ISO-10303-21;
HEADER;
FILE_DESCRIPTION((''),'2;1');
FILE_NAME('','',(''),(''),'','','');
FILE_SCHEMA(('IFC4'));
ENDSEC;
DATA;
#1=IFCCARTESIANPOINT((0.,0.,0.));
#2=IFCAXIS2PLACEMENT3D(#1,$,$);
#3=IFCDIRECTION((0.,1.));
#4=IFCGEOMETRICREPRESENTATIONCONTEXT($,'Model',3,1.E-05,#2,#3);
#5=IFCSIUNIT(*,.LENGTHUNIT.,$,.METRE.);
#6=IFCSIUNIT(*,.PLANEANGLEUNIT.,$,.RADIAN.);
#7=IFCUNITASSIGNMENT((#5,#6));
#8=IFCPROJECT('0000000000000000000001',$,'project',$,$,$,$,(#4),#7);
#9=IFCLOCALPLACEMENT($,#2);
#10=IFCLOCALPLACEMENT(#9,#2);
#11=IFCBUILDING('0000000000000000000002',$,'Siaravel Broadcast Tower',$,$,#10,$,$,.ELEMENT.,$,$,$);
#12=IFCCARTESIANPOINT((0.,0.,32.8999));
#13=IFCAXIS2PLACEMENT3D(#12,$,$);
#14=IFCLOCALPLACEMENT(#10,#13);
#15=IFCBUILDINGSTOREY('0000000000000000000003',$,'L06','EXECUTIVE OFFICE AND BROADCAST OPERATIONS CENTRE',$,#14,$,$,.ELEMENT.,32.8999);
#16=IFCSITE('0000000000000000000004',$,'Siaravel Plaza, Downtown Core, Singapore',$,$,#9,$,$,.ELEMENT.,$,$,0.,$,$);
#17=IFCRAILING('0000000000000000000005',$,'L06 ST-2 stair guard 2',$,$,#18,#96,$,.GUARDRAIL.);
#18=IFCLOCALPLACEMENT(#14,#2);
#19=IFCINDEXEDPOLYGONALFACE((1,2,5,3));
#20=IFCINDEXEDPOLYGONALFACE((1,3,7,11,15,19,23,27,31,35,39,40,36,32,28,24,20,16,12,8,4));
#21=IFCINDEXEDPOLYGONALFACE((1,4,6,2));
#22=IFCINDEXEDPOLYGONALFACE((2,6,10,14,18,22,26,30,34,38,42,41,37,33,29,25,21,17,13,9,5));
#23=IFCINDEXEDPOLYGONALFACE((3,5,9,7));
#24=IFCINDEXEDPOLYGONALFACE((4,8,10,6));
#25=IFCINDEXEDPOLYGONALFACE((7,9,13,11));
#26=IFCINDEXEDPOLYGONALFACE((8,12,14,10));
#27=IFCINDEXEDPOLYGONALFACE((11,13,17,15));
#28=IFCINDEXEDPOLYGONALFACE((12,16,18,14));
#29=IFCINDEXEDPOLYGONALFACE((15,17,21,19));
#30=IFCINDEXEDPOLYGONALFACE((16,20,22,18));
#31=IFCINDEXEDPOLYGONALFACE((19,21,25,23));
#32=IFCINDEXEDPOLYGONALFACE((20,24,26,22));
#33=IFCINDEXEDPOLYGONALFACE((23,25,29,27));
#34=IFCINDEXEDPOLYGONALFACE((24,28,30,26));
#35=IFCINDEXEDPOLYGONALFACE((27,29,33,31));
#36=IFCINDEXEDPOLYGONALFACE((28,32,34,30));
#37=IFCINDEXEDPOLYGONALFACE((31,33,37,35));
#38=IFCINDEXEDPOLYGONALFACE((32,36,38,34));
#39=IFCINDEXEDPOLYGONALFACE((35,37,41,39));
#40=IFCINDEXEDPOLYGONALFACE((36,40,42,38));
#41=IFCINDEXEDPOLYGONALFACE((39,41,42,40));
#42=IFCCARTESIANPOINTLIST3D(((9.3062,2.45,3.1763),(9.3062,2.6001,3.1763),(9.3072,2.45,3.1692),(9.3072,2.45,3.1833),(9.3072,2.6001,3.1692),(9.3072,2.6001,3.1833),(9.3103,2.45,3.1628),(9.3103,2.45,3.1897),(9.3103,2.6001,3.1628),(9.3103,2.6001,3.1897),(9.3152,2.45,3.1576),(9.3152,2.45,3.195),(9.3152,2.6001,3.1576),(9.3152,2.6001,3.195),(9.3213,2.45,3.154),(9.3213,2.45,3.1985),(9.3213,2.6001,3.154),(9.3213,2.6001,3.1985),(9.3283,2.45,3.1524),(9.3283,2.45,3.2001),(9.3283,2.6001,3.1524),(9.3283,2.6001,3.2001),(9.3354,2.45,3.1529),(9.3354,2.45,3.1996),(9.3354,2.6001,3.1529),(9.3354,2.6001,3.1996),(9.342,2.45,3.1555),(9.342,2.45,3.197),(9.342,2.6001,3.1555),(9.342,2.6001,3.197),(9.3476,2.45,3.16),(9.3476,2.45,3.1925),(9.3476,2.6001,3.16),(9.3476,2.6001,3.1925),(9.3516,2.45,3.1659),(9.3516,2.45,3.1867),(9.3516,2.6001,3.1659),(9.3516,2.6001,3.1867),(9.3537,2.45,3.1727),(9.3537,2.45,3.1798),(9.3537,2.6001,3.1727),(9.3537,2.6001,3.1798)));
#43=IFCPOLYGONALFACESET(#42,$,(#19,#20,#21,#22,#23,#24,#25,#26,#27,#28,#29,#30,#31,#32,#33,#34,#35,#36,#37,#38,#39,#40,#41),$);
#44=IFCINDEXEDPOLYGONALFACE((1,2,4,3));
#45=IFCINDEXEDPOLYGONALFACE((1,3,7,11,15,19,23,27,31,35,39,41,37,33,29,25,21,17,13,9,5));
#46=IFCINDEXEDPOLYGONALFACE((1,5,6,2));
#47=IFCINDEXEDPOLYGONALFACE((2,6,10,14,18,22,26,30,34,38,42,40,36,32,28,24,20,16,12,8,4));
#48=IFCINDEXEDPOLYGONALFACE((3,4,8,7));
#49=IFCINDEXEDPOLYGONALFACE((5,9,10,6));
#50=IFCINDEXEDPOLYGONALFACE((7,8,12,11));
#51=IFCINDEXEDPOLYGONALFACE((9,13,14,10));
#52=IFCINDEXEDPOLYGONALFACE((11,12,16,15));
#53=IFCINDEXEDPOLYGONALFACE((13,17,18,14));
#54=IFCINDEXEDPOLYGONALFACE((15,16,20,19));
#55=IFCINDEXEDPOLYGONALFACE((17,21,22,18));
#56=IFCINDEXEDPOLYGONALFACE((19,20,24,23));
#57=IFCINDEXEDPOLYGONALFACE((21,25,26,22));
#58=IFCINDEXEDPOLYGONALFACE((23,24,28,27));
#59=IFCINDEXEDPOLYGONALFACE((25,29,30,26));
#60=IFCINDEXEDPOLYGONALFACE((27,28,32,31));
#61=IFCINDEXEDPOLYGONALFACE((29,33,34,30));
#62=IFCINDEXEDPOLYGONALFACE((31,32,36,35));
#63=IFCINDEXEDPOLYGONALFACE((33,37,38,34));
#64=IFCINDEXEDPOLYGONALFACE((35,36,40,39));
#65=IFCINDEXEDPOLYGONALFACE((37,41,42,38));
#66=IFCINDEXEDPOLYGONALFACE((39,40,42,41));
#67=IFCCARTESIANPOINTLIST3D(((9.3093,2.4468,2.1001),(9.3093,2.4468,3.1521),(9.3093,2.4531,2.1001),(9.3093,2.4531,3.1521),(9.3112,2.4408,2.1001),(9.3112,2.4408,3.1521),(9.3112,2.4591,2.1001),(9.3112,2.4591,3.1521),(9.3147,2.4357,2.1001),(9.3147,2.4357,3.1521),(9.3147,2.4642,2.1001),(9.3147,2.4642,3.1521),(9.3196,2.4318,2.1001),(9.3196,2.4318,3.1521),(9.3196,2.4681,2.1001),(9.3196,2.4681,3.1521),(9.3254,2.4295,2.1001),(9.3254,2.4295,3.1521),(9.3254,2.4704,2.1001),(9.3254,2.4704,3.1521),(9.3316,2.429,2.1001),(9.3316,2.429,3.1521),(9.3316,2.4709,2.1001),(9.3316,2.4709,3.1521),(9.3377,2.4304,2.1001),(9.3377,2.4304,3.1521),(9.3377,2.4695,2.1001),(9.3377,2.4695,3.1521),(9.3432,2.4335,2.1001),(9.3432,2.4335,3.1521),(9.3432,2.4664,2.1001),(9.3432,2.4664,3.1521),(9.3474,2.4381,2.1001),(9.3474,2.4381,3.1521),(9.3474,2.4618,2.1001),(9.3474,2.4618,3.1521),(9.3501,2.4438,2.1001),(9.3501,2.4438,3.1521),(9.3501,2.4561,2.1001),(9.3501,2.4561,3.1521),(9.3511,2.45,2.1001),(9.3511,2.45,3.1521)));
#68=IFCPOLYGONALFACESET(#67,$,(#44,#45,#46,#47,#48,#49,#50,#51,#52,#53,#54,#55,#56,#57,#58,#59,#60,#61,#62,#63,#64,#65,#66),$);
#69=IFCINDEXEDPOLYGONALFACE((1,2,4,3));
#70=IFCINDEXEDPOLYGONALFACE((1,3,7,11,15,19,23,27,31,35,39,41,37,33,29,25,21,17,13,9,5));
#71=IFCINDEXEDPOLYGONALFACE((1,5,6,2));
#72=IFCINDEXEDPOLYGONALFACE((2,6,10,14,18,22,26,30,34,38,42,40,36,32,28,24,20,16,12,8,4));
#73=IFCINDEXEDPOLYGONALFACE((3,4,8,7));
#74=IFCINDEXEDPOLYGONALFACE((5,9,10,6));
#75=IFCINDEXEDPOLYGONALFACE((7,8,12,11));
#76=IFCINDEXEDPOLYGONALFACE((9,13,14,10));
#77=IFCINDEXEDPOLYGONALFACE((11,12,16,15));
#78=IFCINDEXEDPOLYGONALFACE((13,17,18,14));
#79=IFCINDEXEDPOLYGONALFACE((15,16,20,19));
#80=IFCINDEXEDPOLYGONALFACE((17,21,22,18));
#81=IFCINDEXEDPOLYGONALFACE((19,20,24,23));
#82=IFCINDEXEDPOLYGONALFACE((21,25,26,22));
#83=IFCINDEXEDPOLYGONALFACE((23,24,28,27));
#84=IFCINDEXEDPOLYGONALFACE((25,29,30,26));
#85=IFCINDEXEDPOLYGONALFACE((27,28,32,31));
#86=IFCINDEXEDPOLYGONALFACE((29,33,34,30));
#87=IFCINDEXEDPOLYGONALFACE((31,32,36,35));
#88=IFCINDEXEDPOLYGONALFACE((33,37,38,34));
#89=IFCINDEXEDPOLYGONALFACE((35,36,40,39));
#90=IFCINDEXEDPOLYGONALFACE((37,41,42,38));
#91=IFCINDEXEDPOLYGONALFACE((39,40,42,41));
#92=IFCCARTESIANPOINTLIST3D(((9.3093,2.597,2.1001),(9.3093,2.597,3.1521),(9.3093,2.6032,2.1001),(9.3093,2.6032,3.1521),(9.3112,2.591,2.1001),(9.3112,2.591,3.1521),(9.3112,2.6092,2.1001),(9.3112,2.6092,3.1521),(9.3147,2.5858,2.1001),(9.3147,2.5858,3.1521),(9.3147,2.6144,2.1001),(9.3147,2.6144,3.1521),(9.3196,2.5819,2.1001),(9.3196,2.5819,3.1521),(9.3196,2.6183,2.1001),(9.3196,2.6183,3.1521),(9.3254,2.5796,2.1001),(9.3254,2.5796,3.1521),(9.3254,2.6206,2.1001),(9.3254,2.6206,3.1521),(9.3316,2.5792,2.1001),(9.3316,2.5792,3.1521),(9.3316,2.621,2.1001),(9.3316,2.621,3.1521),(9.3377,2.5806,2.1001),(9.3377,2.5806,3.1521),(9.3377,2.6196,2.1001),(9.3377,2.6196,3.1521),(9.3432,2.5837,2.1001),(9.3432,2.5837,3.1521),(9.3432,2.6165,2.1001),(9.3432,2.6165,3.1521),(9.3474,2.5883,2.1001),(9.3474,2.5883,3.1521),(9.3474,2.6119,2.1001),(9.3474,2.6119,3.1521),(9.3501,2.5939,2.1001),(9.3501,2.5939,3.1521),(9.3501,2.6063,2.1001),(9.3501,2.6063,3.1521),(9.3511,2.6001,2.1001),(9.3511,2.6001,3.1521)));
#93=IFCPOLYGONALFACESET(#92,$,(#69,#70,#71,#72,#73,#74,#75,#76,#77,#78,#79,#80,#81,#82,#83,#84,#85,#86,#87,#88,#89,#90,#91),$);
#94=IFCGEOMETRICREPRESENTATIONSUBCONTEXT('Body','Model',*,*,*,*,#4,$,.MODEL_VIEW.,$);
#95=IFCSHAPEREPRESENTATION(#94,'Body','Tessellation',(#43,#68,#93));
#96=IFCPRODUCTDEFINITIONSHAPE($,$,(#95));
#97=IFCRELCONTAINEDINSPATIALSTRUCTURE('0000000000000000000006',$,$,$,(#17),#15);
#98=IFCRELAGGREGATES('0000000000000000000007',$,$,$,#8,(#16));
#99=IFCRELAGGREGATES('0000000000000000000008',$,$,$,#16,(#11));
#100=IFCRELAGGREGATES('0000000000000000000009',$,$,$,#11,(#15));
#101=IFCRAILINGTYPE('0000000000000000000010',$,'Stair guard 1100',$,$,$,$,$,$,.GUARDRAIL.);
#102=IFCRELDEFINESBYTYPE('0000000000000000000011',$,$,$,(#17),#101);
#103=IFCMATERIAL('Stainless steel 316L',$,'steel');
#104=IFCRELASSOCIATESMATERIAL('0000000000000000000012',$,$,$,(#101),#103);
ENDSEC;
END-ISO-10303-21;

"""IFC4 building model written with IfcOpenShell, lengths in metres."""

from ifc_helpers import new_model, si_unit, direction, frame, origin, origin_2d, place, context, subcontext, project, spatial, circle, extrude, material, type_object, element, save


model = new_model("IFC4")

# Units and contexts
model_context = context("Model", 3, precision=1e-05, world=origin(), true_north=direction((0.0, 1.0)))
body_context = subcontext(model_context, "Body", "Model", "MODEL_VIEW")
ifc_project = project(units=[si_unit("LENGTHUNIT", "METRE"), si_unit("PLANEANGLEUNIT", "RADIAN")], contexts=[model_context])

# Site, building, storey
site_placement = place(None, origin())
site = spatial("IfcSite", under=ifc_project, at=site_placement, Name="Siaravel Plaza, Downtown Core, Singapore", CompositionType="ELEMENT", RefElevation=0.0)
building_placement = place(site_placement, origin())
building = spatial("IfcBuilding", under=site, at=building_placement, Name="Siaravel Broadcast Tower", CompositionType="ELEMENT")
storey_placement = place(building_placement, frame((0.0, 0.0, 32.8999)))
storey = spatial("IfcBuildingStorey", under=building, at=storey_placement, Name="L06", Description="EXECUTIVE OFFICE AND BROADCAST OPERATIONS CENTRE", CompositionType="ELEMENT", Elevation=32.8999)

# Railing
ifc_material_1 = material(Name="Stainless steel 316L", Category="steel")
railing_type_1 = type_object("IfcRailingType", Name="Stair guard 1100", PredefinedType="GUARDRAIL", material=ifc_material_1)
railing_1_placement = place(storey_placement, frame((9.3301, 2.45, 2.1001)))
element("IfcRailing", 1, at=railing_1_placement, inside=storey, type_object=railing_type_1, Name="L06 ST-2 stair guard 2", PredefinedType="GUARDRAIL", context=body_context, shape_type="SweptSolid", body=[
    extrude(circle(Radius=0.0239, at=origin_2d()), frame((0.0, 0.0, 1.0762), z_axis=(0.0, 1.0, 0.0), x_axis=(-1.0, 0.0, 0.0)), (0.0, 0.0, 1.0), 0.1501),
    extrude(circle(Radius=0.021, at=origin_2d()), origin(), (0.0, 0.0, 1.0), 1.052),
    extrude(circle(Radius=0.021, at=origin_2d()), frame((0.0, 0.1501, 0.0)), (0.0, 0.0, 1.0), 1.052),
])

save(model, "model.ifc")
